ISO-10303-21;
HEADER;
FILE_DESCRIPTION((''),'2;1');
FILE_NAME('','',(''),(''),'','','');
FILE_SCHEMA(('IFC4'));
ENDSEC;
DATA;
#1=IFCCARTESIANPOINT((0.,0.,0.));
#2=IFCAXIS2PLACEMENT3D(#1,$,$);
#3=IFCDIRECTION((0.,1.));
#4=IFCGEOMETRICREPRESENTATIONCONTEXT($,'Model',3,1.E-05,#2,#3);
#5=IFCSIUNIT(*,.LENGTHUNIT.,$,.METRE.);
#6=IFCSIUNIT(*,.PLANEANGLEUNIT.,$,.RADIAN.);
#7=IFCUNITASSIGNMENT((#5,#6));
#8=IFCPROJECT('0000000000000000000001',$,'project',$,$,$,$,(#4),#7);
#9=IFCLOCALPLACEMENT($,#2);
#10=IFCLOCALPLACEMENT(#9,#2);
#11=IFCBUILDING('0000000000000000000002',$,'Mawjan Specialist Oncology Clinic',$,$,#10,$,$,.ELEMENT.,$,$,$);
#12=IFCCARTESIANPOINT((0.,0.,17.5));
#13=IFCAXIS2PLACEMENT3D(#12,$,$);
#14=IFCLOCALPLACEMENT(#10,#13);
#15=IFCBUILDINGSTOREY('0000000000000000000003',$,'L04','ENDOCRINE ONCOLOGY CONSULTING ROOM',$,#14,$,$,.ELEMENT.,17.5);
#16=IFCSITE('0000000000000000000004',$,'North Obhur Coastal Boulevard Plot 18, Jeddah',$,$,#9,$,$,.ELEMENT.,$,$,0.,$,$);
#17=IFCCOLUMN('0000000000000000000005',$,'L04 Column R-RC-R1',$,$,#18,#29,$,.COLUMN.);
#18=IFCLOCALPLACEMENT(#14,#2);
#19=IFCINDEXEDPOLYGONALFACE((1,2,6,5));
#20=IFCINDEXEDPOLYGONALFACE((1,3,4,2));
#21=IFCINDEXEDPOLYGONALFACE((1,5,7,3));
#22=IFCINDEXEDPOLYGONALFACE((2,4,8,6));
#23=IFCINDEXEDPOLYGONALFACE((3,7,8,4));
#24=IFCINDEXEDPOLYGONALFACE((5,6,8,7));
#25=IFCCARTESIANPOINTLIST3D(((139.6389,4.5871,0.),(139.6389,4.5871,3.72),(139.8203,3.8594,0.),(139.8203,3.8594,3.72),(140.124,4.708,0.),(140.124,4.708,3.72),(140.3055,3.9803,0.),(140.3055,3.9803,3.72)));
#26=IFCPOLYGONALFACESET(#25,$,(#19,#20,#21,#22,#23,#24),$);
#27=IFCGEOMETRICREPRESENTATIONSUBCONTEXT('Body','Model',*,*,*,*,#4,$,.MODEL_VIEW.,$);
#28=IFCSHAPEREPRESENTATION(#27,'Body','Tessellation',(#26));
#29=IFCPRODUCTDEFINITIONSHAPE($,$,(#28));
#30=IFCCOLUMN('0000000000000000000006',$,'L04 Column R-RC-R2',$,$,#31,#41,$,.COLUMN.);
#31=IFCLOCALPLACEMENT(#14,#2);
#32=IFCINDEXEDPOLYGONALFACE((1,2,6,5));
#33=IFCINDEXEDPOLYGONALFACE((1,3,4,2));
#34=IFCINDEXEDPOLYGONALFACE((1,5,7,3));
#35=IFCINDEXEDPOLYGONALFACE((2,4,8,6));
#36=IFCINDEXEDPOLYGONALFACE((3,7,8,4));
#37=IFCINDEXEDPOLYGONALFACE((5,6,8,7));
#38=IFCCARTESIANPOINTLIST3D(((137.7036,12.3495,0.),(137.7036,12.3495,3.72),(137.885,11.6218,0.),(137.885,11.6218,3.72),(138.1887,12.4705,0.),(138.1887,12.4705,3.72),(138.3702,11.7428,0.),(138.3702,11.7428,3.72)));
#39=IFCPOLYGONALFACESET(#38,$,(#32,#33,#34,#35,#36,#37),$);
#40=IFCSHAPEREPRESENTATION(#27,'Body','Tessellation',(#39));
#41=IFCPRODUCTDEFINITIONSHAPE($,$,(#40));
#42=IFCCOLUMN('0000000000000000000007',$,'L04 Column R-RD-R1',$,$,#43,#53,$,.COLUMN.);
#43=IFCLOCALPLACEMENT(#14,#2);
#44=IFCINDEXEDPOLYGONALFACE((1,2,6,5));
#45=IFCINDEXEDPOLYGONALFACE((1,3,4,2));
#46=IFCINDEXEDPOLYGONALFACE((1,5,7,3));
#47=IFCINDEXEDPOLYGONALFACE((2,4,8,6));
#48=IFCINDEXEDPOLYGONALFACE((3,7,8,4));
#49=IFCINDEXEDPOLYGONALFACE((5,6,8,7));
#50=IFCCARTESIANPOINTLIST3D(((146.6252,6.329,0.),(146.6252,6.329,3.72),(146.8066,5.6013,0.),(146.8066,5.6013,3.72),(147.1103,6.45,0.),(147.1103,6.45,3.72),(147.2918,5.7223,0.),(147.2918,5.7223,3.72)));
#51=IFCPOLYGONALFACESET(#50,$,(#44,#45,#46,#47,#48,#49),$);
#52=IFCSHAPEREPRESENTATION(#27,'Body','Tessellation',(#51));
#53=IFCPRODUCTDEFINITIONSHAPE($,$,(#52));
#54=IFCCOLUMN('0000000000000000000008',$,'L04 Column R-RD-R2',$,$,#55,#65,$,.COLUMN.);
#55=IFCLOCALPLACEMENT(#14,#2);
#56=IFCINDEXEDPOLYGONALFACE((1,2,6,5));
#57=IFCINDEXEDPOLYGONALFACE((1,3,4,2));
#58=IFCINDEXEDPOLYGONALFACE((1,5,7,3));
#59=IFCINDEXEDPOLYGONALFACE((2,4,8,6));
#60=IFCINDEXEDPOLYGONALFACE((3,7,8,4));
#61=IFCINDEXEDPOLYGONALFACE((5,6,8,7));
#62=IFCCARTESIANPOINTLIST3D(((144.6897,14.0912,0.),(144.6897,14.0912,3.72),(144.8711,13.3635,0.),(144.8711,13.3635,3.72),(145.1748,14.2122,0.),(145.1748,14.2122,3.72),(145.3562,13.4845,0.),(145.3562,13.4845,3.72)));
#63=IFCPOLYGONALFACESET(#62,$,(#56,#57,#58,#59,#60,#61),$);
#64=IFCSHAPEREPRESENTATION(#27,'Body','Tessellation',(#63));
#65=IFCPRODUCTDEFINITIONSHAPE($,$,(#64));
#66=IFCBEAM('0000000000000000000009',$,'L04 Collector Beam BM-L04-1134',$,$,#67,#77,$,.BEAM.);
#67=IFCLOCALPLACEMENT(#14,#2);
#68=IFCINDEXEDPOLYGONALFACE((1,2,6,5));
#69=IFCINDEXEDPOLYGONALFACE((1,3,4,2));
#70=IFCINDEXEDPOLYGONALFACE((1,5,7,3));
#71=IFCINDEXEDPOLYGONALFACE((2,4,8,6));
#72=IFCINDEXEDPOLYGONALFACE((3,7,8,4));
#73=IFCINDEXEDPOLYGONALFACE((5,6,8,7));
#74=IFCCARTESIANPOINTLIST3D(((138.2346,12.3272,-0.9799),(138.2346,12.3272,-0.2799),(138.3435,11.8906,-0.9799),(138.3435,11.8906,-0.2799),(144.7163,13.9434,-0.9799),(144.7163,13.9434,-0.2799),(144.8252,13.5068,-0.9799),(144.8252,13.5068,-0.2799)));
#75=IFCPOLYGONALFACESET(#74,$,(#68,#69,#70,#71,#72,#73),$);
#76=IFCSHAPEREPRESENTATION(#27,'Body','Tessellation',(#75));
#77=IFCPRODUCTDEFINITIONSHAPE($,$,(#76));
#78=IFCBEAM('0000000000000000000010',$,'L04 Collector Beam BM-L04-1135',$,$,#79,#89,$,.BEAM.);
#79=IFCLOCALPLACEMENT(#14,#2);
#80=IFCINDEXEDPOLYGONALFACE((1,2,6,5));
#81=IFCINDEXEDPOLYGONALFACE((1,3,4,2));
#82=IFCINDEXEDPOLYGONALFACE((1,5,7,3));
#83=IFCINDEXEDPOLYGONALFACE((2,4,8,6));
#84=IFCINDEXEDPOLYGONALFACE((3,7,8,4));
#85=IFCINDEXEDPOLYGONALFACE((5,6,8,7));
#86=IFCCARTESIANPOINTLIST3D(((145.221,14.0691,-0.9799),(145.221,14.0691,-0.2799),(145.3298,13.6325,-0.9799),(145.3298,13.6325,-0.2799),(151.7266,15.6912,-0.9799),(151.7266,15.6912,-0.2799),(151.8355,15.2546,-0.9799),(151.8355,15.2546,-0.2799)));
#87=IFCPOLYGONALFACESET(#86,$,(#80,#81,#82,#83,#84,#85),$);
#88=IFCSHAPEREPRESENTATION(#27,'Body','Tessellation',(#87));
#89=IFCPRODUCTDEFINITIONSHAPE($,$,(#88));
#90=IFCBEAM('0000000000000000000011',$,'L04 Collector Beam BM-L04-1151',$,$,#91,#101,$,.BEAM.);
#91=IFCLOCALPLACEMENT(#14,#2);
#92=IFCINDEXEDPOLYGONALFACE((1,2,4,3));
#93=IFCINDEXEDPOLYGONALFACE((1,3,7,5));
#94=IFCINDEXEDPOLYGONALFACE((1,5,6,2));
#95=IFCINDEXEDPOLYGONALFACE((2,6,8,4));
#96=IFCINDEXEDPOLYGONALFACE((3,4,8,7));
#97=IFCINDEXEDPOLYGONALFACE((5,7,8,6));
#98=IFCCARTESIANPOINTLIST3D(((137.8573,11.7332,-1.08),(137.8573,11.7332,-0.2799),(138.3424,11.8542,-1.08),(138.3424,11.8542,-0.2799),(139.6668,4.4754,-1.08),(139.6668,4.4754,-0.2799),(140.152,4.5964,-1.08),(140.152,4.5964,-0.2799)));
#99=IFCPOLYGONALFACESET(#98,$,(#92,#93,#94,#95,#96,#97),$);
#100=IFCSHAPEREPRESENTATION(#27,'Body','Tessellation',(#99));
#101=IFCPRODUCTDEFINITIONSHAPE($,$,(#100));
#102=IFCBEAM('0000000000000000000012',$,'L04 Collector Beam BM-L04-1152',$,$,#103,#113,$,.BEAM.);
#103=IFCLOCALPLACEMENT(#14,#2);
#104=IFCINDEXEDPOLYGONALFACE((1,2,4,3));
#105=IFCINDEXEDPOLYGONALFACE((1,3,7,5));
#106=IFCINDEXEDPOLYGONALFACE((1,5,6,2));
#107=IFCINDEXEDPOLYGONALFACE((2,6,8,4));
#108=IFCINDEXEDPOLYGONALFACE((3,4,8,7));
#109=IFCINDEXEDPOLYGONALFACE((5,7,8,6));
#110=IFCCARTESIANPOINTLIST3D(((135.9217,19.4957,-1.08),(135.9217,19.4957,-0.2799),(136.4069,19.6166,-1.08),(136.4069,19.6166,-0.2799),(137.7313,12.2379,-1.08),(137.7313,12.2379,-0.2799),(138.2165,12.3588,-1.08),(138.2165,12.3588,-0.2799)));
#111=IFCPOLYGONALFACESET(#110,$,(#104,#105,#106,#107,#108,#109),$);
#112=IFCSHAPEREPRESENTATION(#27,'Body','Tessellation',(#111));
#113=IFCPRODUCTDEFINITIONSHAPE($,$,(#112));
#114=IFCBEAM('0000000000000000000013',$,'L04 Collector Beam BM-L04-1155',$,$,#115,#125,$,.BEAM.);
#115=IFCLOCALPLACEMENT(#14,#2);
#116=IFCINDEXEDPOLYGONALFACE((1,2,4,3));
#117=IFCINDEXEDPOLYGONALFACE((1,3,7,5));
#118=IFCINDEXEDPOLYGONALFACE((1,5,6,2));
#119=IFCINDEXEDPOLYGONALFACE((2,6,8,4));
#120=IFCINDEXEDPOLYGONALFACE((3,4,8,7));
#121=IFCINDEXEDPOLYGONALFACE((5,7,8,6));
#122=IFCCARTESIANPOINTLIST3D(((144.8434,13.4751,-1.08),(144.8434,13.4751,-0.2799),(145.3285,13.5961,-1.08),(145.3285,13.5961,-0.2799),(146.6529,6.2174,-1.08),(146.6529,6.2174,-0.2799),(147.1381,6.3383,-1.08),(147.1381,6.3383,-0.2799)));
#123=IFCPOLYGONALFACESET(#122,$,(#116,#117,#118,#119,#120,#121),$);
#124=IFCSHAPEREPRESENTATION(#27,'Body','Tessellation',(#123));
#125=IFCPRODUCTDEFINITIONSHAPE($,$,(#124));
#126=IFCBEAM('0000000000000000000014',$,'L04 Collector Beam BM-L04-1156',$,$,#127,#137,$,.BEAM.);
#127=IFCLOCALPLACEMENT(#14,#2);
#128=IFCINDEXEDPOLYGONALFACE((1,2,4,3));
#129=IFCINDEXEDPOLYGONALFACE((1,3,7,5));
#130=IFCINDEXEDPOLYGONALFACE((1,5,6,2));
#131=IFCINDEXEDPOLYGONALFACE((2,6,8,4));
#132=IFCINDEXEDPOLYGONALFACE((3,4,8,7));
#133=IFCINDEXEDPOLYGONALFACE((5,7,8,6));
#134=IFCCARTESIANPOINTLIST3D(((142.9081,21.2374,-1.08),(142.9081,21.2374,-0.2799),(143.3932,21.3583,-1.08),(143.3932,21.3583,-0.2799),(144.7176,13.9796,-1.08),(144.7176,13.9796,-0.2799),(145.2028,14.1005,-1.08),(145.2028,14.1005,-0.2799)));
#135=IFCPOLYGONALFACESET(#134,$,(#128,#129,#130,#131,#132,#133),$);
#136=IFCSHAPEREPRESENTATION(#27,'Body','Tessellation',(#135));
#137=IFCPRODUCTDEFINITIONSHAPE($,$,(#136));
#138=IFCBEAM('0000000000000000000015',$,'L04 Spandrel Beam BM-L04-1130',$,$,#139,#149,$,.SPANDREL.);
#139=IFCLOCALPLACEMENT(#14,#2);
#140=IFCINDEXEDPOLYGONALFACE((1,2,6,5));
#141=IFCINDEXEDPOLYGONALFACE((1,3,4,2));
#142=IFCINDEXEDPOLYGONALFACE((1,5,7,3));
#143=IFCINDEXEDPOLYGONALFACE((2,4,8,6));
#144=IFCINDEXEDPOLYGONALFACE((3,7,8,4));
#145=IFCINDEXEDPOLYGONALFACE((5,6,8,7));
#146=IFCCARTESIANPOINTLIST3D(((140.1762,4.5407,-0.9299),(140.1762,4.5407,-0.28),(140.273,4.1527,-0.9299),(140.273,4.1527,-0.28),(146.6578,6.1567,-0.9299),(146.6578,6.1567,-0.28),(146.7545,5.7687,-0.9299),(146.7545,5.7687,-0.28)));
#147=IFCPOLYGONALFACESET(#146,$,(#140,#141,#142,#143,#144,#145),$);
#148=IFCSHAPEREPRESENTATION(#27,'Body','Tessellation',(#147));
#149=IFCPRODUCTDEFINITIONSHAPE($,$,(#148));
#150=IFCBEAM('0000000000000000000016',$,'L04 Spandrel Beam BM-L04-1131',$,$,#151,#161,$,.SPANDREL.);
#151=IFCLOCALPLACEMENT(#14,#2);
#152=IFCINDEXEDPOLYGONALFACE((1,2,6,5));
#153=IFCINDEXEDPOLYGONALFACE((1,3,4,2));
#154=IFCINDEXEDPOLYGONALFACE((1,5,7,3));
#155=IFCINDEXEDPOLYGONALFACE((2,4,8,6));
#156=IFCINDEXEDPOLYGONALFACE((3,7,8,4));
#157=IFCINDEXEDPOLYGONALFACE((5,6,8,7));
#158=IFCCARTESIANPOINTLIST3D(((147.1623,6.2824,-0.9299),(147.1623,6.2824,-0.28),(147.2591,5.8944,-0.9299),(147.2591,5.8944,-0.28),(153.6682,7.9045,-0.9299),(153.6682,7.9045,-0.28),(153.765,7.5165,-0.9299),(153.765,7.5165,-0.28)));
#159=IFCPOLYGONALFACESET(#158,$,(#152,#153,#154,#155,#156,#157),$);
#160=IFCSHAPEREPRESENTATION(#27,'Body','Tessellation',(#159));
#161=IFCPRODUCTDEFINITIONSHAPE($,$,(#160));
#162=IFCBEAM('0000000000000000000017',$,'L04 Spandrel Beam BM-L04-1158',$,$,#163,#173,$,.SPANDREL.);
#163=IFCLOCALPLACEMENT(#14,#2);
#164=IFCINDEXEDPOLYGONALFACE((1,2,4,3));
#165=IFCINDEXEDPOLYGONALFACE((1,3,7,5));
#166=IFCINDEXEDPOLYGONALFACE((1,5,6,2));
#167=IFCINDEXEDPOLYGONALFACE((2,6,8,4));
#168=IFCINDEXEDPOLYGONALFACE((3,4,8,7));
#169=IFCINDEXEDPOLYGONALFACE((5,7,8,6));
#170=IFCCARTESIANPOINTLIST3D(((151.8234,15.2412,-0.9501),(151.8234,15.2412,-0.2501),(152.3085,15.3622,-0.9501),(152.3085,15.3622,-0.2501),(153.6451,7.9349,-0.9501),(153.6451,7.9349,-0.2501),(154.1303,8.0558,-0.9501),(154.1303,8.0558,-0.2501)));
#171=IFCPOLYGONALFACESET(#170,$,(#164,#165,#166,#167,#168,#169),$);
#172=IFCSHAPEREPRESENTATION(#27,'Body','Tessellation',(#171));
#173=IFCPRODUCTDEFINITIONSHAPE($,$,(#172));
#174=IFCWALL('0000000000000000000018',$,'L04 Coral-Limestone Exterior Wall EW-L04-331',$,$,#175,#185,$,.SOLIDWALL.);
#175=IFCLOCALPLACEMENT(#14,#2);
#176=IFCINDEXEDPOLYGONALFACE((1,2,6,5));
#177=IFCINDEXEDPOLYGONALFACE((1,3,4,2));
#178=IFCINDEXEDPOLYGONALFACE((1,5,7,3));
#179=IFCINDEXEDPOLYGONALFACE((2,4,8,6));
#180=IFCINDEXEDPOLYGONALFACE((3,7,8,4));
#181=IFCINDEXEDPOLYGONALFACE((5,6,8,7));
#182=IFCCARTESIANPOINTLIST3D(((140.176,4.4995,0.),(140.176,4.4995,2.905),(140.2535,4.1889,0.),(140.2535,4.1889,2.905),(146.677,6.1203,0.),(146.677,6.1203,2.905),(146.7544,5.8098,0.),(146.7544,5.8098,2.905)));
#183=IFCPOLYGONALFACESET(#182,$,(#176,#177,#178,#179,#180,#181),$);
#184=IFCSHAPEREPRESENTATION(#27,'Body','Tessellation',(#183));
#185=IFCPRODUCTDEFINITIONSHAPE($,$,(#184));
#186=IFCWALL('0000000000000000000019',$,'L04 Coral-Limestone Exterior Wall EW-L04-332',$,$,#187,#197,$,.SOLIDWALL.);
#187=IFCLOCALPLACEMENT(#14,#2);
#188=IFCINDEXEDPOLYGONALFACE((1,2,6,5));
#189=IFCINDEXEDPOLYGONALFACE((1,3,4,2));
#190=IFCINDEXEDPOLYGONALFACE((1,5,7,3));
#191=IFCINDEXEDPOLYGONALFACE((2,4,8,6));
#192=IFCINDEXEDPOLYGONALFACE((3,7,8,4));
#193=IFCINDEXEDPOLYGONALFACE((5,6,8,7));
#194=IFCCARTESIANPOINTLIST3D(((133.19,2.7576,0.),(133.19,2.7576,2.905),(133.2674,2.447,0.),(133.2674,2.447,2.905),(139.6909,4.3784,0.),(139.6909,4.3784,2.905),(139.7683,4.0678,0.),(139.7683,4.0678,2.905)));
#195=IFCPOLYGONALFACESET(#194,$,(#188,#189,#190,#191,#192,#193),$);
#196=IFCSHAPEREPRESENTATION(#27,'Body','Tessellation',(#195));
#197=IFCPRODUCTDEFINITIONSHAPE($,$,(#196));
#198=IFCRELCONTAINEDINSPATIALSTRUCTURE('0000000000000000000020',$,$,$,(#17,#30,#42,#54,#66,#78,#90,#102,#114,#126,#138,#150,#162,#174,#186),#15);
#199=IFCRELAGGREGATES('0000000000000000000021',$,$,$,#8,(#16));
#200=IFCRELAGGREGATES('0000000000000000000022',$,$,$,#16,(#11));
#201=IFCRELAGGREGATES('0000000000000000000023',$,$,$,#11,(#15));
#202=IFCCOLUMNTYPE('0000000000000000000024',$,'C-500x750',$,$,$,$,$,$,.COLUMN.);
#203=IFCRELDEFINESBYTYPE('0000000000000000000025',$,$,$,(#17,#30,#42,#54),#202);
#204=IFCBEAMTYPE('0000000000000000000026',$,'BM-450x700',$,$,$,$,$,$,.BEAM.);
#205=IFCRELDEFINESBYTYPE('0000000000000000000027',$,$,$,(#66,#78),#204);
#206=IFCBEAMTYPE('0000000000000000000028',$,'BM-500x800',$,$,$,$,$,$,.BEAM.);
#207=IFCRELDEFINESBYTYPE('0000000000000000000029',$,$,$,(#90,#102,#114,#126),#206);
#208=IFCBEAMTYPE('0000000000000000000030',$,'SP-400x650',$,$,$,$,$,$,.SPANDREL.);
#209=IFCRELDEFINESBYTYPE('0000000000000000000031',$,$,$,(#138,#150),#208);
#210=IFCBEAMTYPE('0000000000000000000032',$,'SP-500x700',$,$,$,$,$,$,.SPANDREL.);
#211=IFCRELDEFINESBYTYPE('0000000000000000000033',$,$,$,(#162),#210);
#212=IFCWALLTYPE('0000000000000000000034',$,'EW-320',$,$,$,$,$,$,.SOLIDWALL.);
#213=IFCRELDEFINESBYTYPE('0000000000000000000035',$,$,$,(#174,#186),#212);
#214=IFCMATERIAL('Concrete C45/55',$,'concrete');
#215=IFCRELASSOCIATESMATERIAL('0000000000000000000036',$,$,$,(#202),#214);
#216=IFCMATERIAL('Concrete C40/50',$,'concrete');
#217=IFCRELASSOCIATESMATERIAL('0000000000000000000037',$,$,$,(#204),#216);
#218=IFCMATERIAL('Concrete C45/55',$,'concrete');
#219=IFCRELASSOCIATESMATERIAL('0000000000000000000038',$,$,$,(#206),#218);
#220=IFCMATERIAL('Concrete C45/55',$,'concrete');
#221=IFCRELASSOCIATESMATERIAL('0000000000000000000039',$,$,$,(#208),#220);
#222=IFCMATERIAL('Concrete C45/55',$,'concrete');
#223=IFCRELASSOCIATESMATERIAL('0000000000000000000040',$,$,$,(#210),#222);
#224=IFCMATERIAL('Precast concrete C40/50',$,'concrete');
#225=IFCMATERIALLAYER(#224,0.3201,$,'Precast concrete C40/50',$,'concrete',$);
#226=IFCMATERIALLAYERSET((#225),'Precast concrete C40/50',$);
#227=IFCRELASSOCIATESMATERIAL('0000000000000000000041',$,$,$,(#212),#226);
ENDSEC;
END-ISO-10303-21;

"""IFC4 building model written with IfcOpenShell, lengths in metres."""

from ifc_helpers import new_model, si_unit, direction, frame, frame_2d, origin, origin_2d, place, context, subcontext, project, spatial, rectangle, extrude, material, layer, layer_set, material_profile, profile_set, type_object, element, save


model = new_model("IFC4")

# Units and contexts
model_context = context("Model", 3, precision=1e-05, world=origin(), true_north=direction((0.0, 1.0)))
body_context = subcontext(model_context, "Body", "Model", "MODEL_VIEW")
ifc_project = project(units=[si_unit("LENGTHUNIT", "METRE"), si_unit("PLANEANGLEUNIT", "RADIAN")], contexts=[model_context])

# Site, building, storey
site_placement = place(None, origin())
site = spatial("IfcSite", under=ifc_project, at=site_placement, Name="North Obhur Coastal Boulevard Plot 18, Jeddah", CompositionType="ELEMENT", RefElevation=0.0)
building_placement = place(site_placement, origin())
building = spatial("IfcBuilding", under=site, at=building_placement, Name="Mawjan Specialist Oncology Clinic", CompositionType="ELEMENT")
storey_placement = place(building_placement, frame((0.0, 0.0, 17.5)))
storey = spatial("IfcBuildingStorey", under=building, at=storey_placement, Name="L04", Description="ENDOCRINE ONCOLOGY CONSULTING ROOM", CompositionType="ELEMENT", Elevation=17.5)

# Columns
ifc_material_1 = material(Name="Concrete C45/55", Category="concrete")
ifc_material_profile_1 = material_profile(ifc_material_1, rectangle(XDim=0.5, YDim=0.75, at=origin_2d()), Name="RC COL 500x750", Category="concrete")
ifc_profile_set_1 = profile_set([ifc_material_profile_1], Name="Concrete C45/55")
column_type = type_object("IfcColumnType", Name="C-500x750", PredefinedType="COLUMN", material=ifc_profile_set_1)
for number, where, z_axis, x_axis, name in (
    (1, (139.9722, 4.2837, 0.0), (0.0, 0.0, 1.0), (0.970296, 0.241922, 0.0), "L04 Column R-RC-R1"),
    (2, (138.0369, 12.0461, 0.0), (0.0, 0.0, 1.0), (0.970296, 0.241922, 0.0), "L04 Column R-RC-R2"),
    (3, (146.9585, 6.0256, 0.0), (0.0, 0.0, 1.0), (0.970296, 0.241922, 0.0), "L04 Column R-RD-R1"),
    (4, (145.0229, 13.7878, 0.0), (0.0, 0.0, 1.0), (0.970296, 0.241922, 0.0), "L04 Column R-RD-R2"),
):
    element("IfcColumn", number, at=place(storey_placement, frame(where, z_axis=z_axis, x_axis=x_axis)), inside=storey, type_object=column_type, Name=name, PredefinedType="COLUMN", context=body_context, shape_type="SweptSolid", body=[
        extrude(rectangle(XDim=0.5, YDim=0.75, at=origin_2d()), origin(), (0.0, 0.0, 1.0), 3.72),
    ])

# Beams
ifc_material_2 = material(Name="Concrete C40/50", Category="concrete")
ifc_material_profile_2 = material_profile(ifc_material_2, rectangle(XDim=0.45, YDim=0.7, at=origin_2d()), Name="RC BM 450x700", Category="concrete")
ifc_profile_set_2 = profile_set([ifc_material_profile_2], Name="Concrete C40/50")
beam_type_1 = type_object("IfcBeamType", Name="BM-450x700", PredefinedType="BEAM", material=ifc_profile_set_2)
beam_1_placement = place(storey_placement, frame((138.2891, 12.1089, -0.6299), z_axis=(0.970291, 0.241942, 0.0), x_axis=(-0.241942, 0.970291, 0.0)))
element("IfcBeam", 5, at=beam_1_placement, inside=storey, type_object=beam_type_1, Name="L04 Collector Beam BM-L04-1134", PredefinedType="BEAM", context=body_context, shape_type="SweptSolid", body=[
    extrude(rectangle(XDim=0.45, YDim=0.7, at=origin_2d()), origin(), (0.0, 0.0, 1.0), 6.6802),
])
beam_2_placement = place(storey_placement, frame((145.2754, 13.8508, -0.6299), z_axis=(0.970294, 0.241927, 0.0), x_axis=(-0.241927, 0.970294, 0.0)))
element("IfcBeam", 6, at=beam_2_placement, inside=storey, type_object=beam_type_1, Name="L04 Collector Beam BM-L04-1135", PredefinedType="BEAM", context=body_context, shape_type="SweptSolid", body=[
    extrude(rectangle(XDim=0.45, YDim=0.7, at=origin_2d()), origin(), (0.0, 0.0, 1.0), 6.7048),
])
ifc_material_3 = material(Name="Concrete C45/55", Category="concrete")
ifc_material_profile_3 = material_profile(ifc_material_3, rectangle(XDim=0.5, YDim=0.8, at=origin_2d()), Name="RC BM 500x800", Category="concrete")
ifc_profile_set_3 = profile_set([ifc_material_profile_3], Name="Concrete C45/55")
beam_type_2 = type_object("IfcBeamType", Name="BM-500x800", PredefinedType="BEAM", material=ifc_profile_set_3)
for number, where, z_axis, x_axis, name in (
    (7, (139.9094, 4.5359, -0.6799), (-0.241921, 0.970296, 0.0), (-0.970296, -0.241921, 0.0), "L04 Collector Beam BM-L04-1151"),
    (8, (137.9739, 12.2983, -0.6799), (-0.241921, 0.970296, 0.0), (-0.970296, -0.241921, 0.0), "L04 Collector Beam BM-L04-1152"),
    (9, (146.8955, 6.2778, -0.6799), (-0.241921, 0.970296, 0.0), (-0.970296, -0.241921, 0.0), "L04 Collector Beam BM-L04-1155"),
    (10, (144.9602, 14.04, -0.6799), (-0.241921, 0.970296, 0.0), (-0.970296, -0.241921, 0.0), "L04 Collector Beam BM-L04-1156"),
):
    element("IfcBeam", number, at=place(storey_placement, frame(where, z_axis=z_axis, x_axis=x_axis)), inside=storey, type_object=beam_type_2, Name=name, PredefinedType="BEAM", context=body_context, shape_type="SweptSolid", body=[
        extrude(rectangle(XDim=0.5, YDim=0.8, at=origin_2d()), origin(), (0.0, 0.0, 1.0), 7.48),
    ])
ifc_material_4 = material(Name="Concrete C45/55", Category="concrete")
ifc_material_profile_4 = material_profile(ifc_material_4, rectangle(XDim=0.3999, YDim=0.6499, at=origin_2d()), Name="RC BM 400x650", Category="concrete")
ifc_profile_set_4 = profile_set([ifc_material_profile_4], Name="Concrete C45/55")
beam_type_3 = type_object("IfcBeamType", Name="SP-400x650", PredefinedType="SPANDREL", material=ifc_profile_set_4)
beam_3_placement = place(storey_placement, frame((140.2246, 4.3467, -0.605), z_axis=(0.970297, 0.241916, 0.0), x_axis=(-0.241916, 0.970297, 0.0)))
element("IfcBeam", 11, at=beam_3_placement, inside=storey, type_object=beam_type_3, Name="L04 Spandrel Beam BM-L04-1130", PredefinedType="SPANDREL", context=body_context, shape_type="SweptSolid", body=[
    extrude(rectangle(XDim=0.3999, YDim=0.6499, at=origin_2d()), origin(), (0.0, 0.0, 1.0), 6.6799),
])
beam_4_placement = place(storey_placement, frame((147.2107, 6.0884, -0.605), z_axis=(0.970297, 0.241919, 0.0), x_axis=(-0.241919, 0.970297, 0.0)))
element("IfcBeam", 12, at=beam_4_placement, inside=storey, type_object=beam_type_3, Name="L04 Spandrel Beam BM-L04-1131", PredefinedType="SPANDREL", context=body_context, shape_type="SweptSolid", body=[
    extrude(rectangle(XDim=0.3999, YDim=0.6499, at=origin_2d()), origin(), (0.0, 0.0, 1.0), 6.7051),
])
ifc_material_5 = material(Name="Concrete C45/55", Category="concrete")
ifc_material_profile_5 = material_profile(ifc_material_5, rectangle(XDim=0.5, YDim=0.7, at=origin_2d()), Name="RC BM 500x700", Category="concrete")
ifc_profile_set_5 = profile_set([ifc_material_profile_5], Name="Concrete C45/55")
beam_type_4 = type_object("IfcBeamType", Name="SP-500x700", PredefinedType="SPANDREL", material=ifc_profile_set_5)
beam_5_placement = place(storey_placement, frame((153.8877, 7.9954, -0.6001), z_axis=(-0.241933, 0.970293, 0.0), x_axis=(-0.970293, -0.241933, 0.0)))
element("IfcBeam", 13, at=beam_5_placement, inside=storey, type_object=beam_type_4, Name="L04 Spandrel Beam BM-L04-1158", PredefinedType="SPANDREL", context=body_context, shape_type="SweptSolid", body=[
    extrude(rectangle(XDim=0.5, YDim=0.7, at=origin_2d()), origin(), (0.0, 0.0, 1.0), 7.53),
])

# Shared definitions
ifc_material_6 = material(Name="Precast concrete C40/50", Category="concrete")
ifc_layer_1 = layer(ifc_material_6, 0.3201, Name="Precast concrete C40/50", Category="concrete")
ifc_layer_set_1 = layer_set([ifc_layer_1], Name="Precast concrete C40/50")
wall_type_1 = type_object("IfcWallType", Name="EW-320", PredefinedType="SOLIDWALL", material=ifc_layer_set_1)

# Walls
for number, where, z_axis, x_axis, name in (
    (14, (146.7158, 5.9651, 0.0), (0.0, 0.0, 1.0), (-0.970297, -0.241918, 0.0), "L04 Coral-Limestone Exterior Wall EW-L04-331"),
    (15, (139.7297, 4.2231, 0.0), (0.0, 0.0, 1.0), (-0.970297, -0.241918, 0.0), "L04 Coral-Limestone Exterior Wall EW-L04-332"),
):
    element("IfcWall", number, at=place(storey_placement, frame(where, z_axis=z_axis, x_axis=x_axis)), inside=storey, type_object=wall_type_1, Name=name, PredefinedType="SOLIDWALL", context=body_context, shape_type="SweptSolid", body=[
        extrude(rectangle(XDim=6.7, YDim=0.3201, at=frame_2d((3.3501, 0.0))), origin(), (0.0, 0.0, 1.0), 2.905),
    ])

save(model, "model.ifc")
